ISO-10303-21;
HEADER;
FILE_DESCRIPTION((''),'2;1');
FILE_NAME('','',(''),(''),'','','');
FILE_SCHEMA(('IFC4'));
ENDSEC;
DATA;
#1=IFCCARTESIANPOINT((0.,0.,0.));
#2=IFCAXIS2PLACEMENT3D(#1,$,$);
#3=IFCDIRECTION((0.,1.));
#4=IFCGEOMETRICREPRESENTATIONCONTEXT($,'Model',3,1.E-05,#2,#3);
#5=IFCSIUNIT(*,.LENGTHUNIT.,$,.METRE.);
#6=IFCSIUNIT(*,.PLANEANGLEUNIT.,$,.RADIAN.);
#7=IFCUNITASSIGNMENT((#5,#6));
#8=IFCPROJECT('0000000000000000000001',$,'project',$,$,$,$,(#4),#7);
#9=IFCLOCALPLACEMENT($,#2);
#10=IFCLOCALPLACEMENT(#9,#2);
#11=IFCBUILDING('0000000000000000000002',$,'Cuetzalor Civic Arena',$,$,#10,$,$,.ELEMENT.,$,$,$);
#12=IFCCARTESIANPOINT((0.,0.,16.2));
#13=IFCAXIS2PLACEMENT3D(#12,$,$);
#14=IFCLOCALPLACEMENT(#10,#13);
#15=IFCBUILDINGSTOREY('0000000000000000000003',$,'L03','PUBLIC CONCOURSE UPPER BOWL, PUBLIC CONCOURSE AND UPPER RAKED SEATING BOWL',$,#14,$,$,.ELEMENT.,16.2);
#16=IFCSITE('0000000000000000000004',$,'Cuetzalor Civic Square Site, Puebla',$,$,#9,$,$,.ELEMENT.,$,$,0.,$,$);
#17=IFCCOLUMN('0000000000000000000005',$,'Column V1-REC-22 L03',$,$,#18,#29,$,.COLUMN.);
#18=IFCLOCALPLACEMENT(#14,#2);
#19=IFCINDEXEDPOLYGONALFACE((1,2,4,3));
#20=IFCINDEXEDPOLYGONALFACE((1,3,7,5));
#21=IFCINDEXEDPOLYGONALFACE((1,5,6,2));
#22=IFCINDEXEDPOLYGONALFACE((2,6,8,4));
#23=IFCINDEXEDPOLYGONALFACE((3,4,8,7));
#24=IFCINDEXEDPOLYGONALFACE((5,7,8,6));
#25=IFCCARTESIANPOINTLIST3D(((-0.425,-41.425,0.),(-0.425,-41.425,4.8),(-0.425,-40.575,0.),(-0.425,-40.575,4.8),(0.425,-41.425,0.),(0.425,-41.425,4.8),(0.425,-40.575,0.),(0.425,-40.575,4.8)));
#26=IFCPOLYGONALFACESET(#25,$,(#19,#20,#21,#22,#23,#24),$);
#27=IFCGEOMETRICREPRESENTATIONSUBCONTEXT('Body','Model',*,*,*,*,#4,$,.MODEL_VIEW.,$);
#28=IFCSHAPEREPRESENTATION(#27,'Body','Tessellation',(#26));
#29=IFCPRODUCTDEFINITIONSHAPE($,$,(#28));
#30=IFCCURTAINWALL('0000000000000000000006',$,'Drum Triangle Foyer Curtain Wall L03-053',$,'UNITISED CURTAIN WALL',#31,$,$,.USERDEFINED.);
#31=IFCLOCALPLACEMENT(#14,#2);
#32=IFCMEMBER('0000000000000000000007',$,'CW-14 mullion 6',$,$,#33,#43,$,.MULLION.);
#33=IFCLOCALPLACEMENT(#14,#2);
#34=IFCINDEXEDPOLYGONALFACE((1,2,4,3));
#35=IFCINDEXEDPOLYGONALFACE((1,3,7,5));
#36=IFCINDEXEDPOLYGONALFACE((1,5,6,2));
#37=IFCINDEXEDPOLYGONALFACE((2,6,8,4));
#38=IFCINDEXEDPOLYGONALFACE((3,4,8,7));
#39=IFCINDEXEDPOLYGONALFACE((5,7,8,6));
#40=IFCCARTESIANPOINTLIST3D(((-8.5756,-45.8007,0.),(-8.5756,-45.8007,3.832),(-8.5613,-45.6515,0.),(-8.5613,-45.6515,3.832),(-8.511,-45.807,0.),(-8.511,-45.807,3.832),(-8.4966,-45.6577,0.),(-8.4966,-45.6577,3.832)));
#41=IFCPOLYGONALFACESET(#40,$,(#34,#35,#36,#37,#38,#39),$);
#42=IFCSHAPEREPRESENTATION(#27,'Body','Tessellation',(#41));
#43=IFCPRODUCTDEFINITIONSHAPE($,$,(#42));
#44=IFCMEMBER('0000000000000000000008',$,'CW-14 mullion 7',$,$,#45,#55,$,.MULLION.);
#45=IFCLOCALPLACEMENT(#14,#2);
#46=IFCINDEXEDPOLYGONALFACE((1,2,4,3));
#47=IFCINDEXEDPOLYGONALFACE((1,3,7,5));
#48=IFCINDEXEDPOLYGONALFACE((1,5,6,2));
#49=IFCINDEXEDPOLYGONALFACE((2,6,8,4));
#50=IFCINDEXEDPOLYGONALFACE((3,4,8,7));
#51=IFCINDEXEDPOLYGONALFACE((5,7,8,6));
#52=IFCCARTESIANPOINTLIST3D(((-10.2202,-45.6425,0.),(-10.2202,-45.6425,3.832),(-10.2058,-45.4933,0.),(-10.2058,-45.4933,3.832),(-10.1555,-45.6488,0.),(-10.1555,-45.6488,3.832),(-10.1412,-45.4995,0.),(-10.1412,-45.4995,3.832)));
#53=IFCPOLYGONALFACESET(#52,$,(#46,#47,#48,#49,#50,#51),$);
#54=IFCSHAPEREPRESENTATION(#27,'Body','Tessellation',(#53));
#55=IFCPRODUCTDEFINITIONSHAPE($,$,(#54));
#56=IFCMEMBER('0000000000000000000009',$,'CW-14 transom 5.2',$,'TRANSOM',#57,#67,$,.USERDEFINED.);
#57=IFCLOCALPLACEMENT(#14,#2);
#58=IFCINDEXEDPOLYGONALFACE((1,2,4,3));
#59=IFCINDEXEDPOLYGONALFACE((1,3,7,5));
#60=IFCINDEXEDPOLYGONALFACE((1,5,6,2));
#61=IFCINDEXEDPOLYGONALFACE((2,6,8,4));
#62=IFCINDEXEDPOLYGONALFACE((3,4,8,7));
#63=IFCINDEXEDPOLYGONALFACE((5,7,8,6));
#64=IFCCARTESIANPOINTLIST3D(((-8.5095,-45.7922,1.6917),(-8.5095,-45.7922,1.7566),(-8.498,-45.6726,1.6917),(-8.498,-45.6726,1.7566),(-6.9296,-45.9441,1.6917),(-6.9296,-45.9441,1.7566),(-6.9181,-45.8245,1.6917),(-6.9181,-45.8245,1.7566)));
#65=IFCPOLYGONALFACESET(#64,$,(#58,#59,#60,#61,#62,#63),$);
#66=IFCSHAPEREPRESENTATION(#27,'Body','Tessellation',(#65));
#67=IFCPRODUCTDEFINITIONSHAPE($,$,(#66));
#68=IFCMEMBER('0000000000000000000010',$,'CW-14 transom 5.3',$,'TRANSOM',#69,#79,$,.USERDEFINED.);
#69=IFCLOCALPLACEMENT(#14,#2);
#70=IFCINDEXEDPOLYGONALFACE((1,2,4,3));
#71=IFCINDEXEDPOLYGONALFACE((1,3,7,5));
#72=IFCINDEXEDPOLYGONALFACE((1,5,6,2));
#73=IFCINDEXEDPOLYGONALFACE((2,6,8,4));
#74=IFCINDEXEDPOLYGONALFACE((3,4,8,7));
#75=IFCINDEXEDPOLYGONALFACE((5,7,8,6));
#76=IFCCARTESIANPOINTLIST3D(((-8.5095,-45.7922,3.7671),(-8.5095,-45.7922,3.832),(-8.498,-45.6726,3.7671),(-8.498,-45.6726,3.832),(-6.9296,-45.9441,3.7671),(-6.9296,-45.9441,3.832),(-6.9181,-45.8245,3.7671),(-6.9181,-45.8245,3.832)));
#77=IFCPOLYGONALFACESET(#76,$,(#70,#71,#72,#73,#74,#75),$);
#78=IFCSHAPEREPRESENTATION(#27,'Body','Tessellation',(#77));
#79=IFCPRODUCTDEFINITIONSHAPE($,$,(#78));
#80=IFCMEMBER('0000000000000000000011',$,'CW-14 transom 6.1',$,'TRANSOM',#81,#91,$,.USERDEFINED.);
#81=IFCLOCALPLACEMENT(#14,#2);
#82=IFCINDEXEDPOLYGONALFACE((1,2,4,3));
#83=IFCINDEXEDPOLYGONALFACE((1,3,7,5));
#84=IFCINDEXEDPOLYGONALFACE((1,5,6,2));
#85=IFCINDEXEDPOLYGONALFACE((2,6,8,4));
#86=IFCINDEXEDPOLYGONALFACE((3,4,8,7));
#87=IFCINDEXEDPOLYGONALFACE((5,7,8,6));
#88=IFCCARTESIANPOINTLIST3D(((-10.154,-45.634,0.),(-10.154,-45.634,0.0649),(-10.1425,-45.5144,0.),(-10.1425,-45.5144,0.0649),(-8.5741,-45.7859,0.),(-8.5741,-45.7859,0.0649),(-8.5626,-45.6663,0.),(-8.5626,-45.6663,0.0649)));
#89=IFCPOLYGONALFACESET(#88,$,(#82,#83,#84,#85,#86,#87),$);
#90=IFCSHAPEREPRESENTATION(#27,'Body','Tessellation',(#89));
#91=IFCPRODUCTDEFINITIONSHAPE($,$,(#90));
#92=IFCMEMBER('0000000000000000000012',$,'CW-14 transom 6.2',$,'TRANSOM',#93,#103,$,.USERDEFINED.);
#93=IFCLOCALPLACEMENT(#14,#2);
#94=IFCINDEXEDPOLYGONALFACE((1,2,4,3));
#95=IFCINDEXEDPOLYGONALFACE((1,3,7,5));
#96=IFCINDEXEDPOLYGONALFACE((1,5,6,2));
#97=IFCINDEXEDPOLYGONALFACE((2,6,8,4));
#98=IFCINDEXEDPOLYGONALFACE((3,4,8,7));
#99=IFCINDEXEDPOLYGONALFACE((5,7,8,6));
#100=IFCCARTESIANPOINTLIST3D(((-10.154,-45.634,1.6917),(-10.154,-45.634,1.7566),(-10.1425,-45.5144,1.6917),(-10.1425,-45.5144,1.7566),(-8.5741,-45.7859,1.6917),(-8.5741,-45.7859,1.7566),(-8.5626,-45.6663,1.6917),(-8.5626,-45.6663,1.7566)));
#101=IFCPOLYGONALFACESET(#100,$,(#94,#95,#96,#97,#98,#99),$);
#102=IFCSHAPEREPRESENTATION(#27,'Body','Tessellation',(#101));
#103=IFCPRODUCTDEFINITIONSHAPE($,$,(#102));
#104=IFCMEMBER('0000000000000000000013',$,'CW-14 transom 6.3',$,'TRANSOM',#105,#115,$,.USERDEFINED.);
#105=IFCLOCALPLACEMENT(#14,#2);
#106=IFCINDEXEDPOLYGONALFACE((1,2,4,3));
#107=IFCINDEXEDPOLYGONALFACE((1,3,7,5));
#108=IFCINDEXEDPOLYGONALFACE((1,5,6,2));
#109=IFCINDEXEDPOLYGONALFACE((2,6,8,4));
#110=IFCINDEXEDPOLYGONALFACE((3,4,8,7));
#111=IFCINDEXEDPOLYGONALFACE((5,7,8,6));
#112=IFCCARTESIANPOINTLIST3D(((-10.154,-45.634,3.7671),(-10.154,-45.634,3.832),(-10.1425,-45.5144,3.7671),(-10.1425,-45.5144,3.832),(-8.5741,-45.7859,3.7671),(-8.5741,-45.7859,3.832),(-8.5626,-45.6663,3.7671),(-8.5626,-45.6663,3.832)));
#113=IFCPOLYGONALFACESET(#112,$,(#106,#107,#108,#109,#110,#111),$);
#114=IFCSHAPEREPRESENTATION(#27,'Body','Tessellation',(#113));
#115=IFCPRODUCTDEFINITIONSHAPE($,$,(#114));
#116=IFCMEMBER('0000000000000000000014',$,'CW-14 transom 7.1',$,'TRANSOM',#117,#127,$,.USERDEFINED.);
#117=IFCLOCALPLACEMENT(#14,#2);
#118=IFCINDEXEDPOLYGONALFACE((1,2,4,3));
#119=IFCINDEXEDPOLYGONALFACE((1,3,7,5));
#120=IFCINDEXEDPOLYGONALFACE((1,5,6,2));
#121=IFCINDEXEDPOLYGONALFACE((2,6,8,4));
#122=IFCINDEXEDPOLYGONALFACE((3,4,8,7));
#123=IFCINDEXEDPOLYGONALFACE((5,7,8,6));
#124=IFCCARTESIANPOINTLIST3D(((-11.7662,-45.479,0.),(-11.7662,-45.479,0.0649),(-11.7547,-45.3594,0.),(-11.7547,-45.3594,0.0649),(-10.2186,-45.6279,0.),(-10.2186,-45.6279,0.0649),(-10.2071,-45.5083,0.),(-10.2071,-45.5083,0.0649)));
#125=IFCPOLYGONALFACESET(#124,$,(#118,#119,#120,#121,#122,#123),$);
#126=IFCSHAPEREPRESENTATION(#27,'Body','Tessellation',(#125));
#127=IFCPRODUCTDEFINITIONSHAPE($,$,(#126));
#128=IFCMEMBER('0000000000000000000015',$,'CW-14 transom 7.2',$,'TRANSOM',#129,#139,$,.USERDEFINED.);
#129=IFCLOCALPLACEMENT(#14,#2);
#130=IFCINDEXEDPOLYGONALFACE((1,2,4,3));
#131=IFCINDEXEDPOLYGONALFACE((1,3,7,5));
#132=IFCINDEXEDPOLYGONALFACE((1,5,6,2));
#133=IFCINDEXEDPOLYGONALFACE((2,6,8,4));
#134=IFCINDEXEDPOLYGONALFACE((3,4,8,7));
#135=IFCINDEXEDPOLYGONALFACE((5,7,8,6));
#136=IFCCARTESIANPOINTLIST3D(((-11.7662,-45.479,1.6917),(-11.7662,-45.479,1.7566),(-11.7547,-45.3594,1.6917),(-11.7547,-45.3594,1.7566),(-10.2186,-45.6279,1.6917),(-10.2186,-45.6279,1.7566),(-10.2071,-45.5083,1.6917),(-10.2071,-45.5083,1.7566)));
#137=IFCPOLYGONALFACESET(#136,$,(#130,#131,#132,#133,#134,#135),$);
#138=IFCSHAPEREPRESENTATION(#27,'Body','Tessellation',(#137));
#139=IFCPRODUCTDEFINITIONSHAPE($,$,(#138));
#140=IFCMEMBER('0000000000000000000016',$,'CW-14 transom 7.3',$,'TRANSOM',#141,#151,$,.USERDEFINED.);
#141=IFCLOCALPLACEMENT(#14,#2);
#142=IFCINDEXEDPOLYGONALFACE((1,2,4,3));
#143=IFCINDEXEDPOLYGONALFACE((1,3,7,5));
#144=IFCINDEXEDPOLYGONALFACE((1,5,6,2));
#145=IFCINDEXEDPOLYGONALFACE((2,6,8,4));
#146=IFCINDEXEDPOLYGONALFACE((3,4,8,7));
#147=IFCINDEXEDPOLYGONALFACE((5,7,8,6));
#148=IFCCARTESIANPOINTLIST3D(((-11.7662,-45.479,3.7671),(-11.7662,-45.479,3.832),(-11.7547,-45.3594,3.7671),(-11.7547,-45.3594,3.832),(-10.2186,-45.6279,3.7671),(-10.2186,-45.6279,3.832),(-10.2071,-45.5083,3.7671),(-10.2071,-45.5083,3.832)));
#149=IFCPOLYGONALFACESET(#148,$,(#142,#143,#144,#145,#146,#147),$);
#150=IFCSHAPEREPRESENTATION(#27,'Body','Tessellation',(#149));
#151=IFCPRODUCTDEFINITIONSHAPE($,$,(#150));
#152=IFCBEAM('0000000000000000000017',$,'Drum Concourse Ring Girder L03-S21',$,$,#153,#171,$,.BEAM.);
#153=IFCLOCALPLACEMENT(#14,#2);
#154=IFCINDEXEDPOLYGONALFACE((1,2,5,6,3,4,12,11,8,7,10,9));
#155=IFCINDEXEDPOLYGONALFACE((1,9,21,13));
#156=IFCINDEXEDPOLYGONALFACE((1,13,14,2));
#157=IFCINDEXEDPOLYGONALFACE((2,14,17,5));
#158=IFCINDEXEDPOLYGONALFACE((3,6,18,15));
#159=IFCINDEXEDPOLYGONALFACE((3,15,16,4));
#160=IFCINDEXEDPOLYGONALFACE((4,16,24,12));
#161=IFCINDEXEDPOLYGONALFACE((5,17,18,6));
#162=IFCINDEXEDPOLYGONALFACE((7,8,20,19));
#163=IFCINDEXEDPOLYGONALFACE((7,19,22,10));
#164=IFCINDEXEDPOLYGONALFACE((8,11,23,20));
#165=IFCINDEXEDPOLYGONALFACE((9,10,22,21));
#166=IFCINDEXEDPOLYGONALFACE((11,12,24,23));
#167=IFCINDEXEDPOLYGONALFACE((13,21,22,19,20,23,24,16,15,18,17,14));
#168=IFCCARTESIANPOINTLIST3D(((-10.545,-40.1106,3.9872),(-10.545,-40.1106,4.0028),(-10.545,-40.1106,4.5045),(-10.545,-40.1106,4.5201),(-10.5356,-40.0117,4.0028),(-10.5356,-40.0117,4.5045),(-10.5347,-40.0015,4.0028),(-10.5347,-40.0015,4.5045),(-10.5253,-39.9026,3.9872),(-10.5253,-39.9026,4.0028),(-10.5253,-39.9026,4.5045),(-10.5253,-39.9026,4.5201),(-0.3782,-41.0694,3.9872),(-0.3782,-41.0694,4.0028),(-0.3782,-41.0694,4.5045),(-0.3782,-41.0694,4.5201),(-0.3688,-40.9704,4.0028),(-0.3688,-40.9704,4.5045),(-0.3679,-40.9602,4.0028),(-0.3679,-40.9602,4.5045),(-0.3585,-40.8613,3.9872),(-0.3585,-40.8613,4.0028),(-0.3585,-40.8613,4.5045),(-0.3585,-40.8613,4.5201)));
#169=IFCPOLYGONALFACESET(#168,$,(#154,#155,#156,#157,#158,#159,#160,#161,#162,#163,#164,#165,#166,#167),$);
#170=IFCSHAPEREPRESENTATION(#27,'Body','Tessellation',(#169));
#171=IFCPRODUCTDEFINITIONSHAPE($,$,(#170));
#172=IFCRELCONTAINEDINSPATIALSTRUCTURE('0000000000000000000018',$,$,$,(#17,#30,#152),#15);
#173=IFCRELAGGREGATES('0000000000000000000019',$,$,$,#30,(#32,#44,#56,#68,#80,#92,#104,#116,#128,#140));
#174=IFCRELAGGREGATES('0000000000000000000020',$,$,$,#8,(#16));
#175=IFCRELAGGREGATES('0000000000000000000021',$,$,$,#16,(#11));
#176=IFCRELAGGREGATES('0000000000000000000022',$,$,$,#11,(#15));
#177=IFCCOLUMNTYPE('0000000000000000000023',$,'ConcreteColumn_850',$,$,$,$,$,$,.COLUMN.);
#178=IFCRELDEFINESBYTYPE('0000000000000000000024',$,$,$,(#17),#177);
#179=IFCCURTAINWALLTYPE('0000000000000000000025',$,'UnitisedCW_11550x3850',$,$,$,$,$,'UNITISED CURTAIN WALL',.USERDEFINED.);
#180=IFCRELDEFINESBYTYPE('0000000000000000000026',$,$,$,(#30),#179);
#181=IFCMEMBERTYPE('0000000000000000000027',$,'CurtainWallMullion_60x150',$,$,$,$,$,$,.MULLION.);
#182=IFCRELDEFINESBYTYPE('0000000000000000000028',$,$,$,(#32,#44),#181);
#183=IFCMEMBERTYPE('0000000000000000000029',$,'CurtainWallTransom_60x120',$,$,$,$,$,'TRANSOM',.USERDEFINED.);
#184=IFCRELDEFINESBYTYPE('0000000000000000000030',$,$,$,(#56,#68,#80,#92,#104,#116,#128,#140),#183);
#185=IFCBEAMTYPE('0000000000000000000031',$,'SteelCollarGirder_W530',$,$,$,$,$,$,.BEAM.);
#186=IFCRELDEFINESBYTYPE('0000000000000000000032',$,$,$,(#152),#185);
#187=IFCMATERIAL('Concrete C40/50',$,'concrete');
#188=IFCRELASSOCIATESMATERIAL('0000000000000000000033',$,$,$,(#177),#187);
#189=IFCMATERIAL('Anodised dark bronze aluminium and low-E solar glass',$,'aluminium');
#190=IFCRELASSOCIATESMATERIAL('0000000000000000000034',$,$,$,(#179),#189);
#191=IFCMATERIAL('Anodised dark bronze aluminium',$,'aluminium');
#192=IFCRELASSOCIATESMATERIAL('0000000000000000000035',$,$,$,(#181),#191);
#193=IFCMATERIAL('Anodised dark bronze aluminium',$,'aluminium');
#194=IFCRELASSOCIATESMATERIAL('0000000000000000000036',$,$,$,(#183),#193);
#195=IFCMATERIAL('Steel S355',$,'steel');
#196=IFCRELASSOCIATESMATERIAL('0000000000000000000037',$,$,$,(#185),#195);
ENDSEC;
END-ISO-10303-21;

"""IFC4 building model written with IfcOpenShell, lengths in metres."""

from ifc_helpers import new_model, si_unit, direction, frame, origin, origin_2d, place, context, subcontext, project, spatial, rectangle, i_section, extrude, material, material_profile, profile_set, type_object, element, aggregate, save


model = new_model("IFC4")

# Units and contexts
model_context = context("Model", 3, precision=1e-05, world=origin(), true_north=direction((0.0, 1.0)))
body_context = subcontext(model_context, "Body", "Model", "MODEL_VIEW")
ifc_project = project(units=[si_unit("LENGTHUNIT", "METRE"), si_unit("PLANEANGLEUNIT", "RADIAN")], contexts=[model_context])

# Site, building, storey
site_placement = place(None, origin())
site = spatial("IfcSite", under=ifc_project, at=site_placement, Name="Cuetzalor Civic Square Site, Puebla", CompositionType="ELEMENT", RefElevation=0.0)
building_placement = place(site_placement, origin())
building = spatial("IfcBuilding", under=site, at=building_placement, Name="Cuetzalor Civic Arena", CompositionType="ELEMENT")
storey_placement = place(building_placement, frame((0.0, 0.0, 16.2)))
storey = spatial("IfcBuildingStorey", under=building, at=storey_placement, Name="L03", Description="PUBLIC CONCOURSE UPPER BOWL, PUBLIC CONCOURSE AND UPPER RAKED SEATING BOWL", CompositionType="ELEMENT", Elevation=16.2)

# Column
ifc_material_1 = material(Name="Concrete C40/50", Category="concrete")
ifc_material_profile_1 = material_profile(ifc_material_1, rectangle(XDim=0.8501, YDim=0.8501, at=origin_2d()), Name="RC 850x850")
ifc_profile_set_1 = profile_set([ifc_material_profile_1], Name="Concrete C40/50")
column_type = type_object("IfcColumnType", Name="ConcreteColumn_850", PredefinedType="COLUMN", material=ifc_profile_set_1)
column_placement = place(storey_placement, frame((0.0, -41.0, 0.0), z_axis=(0.0, 0.0, 1.0), x_axis=(1.0, 0.0, 0.0)))
element("IfcColumn", 1, at=column_placement, inside=storey, type_object=column_type, Name="Column V1-REC-22 L03", PredefinedType="COLUMN", context=body_context, shape_type="SweptSolid", body=[
    extrude(rectangle(XDim=0.8501, YDim=0.8501, at=origin_2d()), origin(), (0.0, 0.0, 1.0), 4.8),
])

# Curtain wall, members
ifc_material_2 = material(Name="Anodised dark bronze aluminium and low-E solar glass", Category="aluminium")
curtain_wall_type = type_object("IfcCurtainWallType", Name="UnitisedCW_11550x3850", ElementType="UNITISED CURTAIN WALL", PredefinedType="USERDEFINED", material=ifc_material_2)
curtain_wall_placement = place(storey_placement, origin())
curtain_wall = element("IfcCurtainWall", 2, at=curtain_wall_placement, inside=storey, type_object=curtain_wall_type, Name="Drum Triangle Foyer Curtain Wall L03-053", ObjectType="UNITISED CURTAIN WALL", PredefinedType="USERDEFINED")
ifc_material_3 = material(Name="Anodised dark bronze aluminium", Category="aluminium")
ifc_material_profile_2 = material_profile(ifc_material_3, rectangle(XDim=0.0649, YDim=0.1499, at=origin_2d()), Name="ALU MULLION 65x150")
ifc_profile_set_2 = profile_set([ifc_material_profile_2], Name="Anodised dark bronze aluminium")
member_type_1 = type_object("IfcMemberType", Name="CurtainWallMullion_60x150", PredefinedType="MULLION", material=ifc_profile_set_2)
member_1_placement = place(storey_placement, frame((-8.5361, -45.7292, 0.0), z_axis=(0.0, 0.0, 1.0), x_axis=(-0.995409, 0.095711, 0.0)))
member_1 = element("IfcMember", 3, at=member_1_placement, type_object=member_type_1, Name="CW-14 mullion 6", PredefinedType="MULLION", context=body_context, shape_type="SweptSolid", body=[
    extrude(rectangle(XDim=0.0649, YDim=0.1499, at=origin_2d()), origin(), (0.0, 0.0, 1.0), 3.832),
])
member_2_placement = place(storey_placement, frame((-10.1807, -45.571, 0.0), z_axis=(0.0, 0.0, 1.0), x_axis=(-0.995409, 0.095711, 0.0)))
member_2 = element("IfcMember", 4, at=member_2_placement, type_object=member_type_1, Name="CW-14 mullion 7", PredefinedType="MULLION", context=body_context, shape_type="SweptSolid", body=[
    extrude(rectangle(XDim=0.0649, YDim=0.1499, at=origin_2d()), origin(), (0.0, 0.0, 1.0), 3.832),
])
ifc_material_4 = material(Name="Anodised dark bronze aluminium", Category="aluminium")
ifc_material_profile_3 = material_profile(ifc_material_4, rectangle(XDim=0.1201, YDim=0.0649, at=origin_2d()), Name="ALU TRANSOM 65x120")
ifc_profile_set_3 = profile_set([ifc_material_profile_3], Name="Anodised dark bronze aluminium")
member_type_2 = type_object("IfcMemberType", Name="CurtainWallTransom_60x120", ElementType="TRANSOM", PredefinedType="USERDEFINED", material=ifc_profile_set_3)
member_3_placement = place(storey_placement, frame((-6.9238, -45.8843, 1.7241), z_axis=(-0.995412, 0.09568, 0.0), x_axis=(-0.09568, -0.995412, 0.0)))
member_3 = element("IfcMember", 5, at=member_3_placement, type_object=member_type_2, Name="CW-14 transom 5.2", ObjectType="TRANSOM", PredefinedType="USERDEFINED", context=body_context, shape_type="SweptSolid", body=[
    extrude(rectangle(XDim=0.1201, YDim=0.0649, at=origin_2d()), origin(), (0.0, 0.0, 1.0), 1.5872),
])
member_4_placement = place(storey_placement, frame((-6.9238, -45.8843, 3.7996), z_axis=(-0.995412, 0.09568, 0.0), x_axis=(-0.09568, -0.995412, 0.0)))
member_4 = element("IfcMember", 6, at=member_4_placement, type_object=member_type_2, Name="CW-14 transom 5.3", ObjectType="TRANSOM", PredefinedType="USERDEFINED", context=body_context, shape_type="SweptSolid", body=[
    extrude(rectangle(XDim=0.1201, YDim=0.0649, at=origin_2d()), origin(), (0.0, 0.0, 1.0), 1.5872),
])
member_5_placement = place(storey_placement, frame((-8.5684, -45.7261, 0.0325), z_axis=(-0.995412, 0.09568, 0.0), x_axis=(-0.09568, -0.995412, 0.0)))
member_5 = element("IfcMember", 7, at=member_5_placement, type_object=member_type_2, Name="CW-14 transom 6.1", ObjectType="TRANSOM", PredefinedType="USERDEFINED", context=body_context, shape_type="SweptSolid", body=[
    extrude(rectangle(XDim=0.1201, YDim=0.0649, at=origin_2d()), origin(), (0.0, 0.0, 1.0), 1.5872),
])
member_6_placement = place(storey_placement, frame((-8.5684, -45.7261, 1.7241), z_axis=(-0.995412, 0.09568, 0.0), x_axis=(-0.09568, -0.995412, 0.0)))
member_6 = element("IfcMember", 8, at=member_6_placement, type_object=member_type_2, Name="CW-14 transom 6.2", ObjectType="TRANSOM", PredefinedType="USERDEFINED", context=body_context, shape_type="SweptSolid", body=[
    extrude(rectangle(XDim=0.1201, YDim=0.0649, at=origin_2d()), origin(), (0.0, 0.0, 1.0), 1.5872),
])
member_7_placement = place(storey_placement, frame((-8.5684, -45.7261, 3.7996), z_axis=(-0.995412, 0.09568, 0.0), x_axis=(-0.09568, -0.995412, 0.0)))
member_7 = element("IfcMember", 9, at=member_7_placement, type_object=member_type_2, Name="CW-14 transom 6.3", ObjectType="TRANSOM", PredefinedType="USERDEFINED", context=body_context, shape_type="SweptSolid", body=[
    extrude(rectangle(XDim=0.1201, YDim=0.0649, at=origin_2d()), origin(), (0.0, 0.0, 1.0), 1.5872),
])
member_8_placement = place(storey_placement, frame((-10.2129, -45.5681, 0.0325), z_axis=(-0.995402, 0.095787, 0.0), x_axis=(-0.095787, -0.995402, 0.0)))
member_8 = element("IfcMember", 10, at=member_8_placement, type_object=member_type_2, Name="CW-14 transom 7.1", ObjectType="TRANSOM", PredefinedType="USERDEFINED", context=body_context, shape_type="SweptSolid", body=[
    extrude(rectangle(XDim=0.1201, YDim=0.0649, at=origin_2d()), origin(), (0.0, 0.0, 1.0), 1.5547),
])
member_9_placement = place(storey_placement, frame((-10.2129, -45.5681, 1.7241), z_axis=(-0.995402, 0.095787, 0.0), x_axis=(-0.095787, -0.995402, 0.0)))
member_9 = element("IfcMember", 11, at=member_9_placement, type_object=member_type_2, Name="CW-14 transom 7.2", ObjectType="TRANSOM", PredefinedType="USERDEFINED", context=body_context, shape_type="SweptSolid", body=[
    extrude(rectangle(XDim=0.1201, YDim=0.0649, at=origin_2d()), origin(), (0.0, 0.0, 1.0), 1.5547),
])
member_10_placement = place(storey_placement, frame((-10.2129, -45.5681, 3.7996), z_axis=(-0.995402, 0.095787, 0.0), x_axis=(-0.095787, -0.995402, 0.0)))
member_10 = element("IfcMember", 12, at=member_10_placement, type_object=member_type_2, Name="CW-14 transom 7.3", ObjectType="TRANSOM", PredefinedType="USERDEFINED", context=body_context, shape_type="SweptSolid", body=[
    extrude(rectangle(XDim=0.1201, YDim=0.0649, at=origin_2d()), origin(), (0.0, 0.0, 1.0), 1.5547),
])

# Beam
ifc_material_5 = material(Name="Steel S355", Category="steel")
ifc_material_profile_4 = material_profile(ifc_material_5, i_section(OverallWidth=0.209, OverallDepth=0.533, WebThickness=0.0103, FlangeThickness=0.0156, at=origin_2d()), Name="W530x92")
ifc_profile_set_4 = profile_set([ifc_material_profile_4], Name="Steel S355")
beam_type_1 = type_object("IfcBeamType", Name="SteelCollarGirder_W530", PredefinedType="BEAM", material=ifc_profile_set_4)
beam_1_placement = place(storey_placement, frame((-10.5352, -40.0066, 4.2537), z_axis=(0.995583, -0.093885, 0.0), x_axis=(0.093885, 0.995583, 0.0)))
element("IfcBeam", 13, at=beam_1_placement, inside=storey, type_object=beam_type_1, Name="Drum Concourse Ring Girder L03-S21", PredefinedType="BEAM", context=body_context, shape_type="SweptSolid", body=[
    extrude(i_section(OverallWidth=0.209, OverallDepth=0.533, WebThickness=0.0103, FlangeThickness=0.0156, at=origin_2d()), origin(), (0.0, 0.0, 1.0), 10.2119),
])

aggregate(curtain_wall, [member_1, member_2, member_3, member_4, member_5, member_6, member_7, member_8, member_9, member_10])

save(model, "model.ifc")
